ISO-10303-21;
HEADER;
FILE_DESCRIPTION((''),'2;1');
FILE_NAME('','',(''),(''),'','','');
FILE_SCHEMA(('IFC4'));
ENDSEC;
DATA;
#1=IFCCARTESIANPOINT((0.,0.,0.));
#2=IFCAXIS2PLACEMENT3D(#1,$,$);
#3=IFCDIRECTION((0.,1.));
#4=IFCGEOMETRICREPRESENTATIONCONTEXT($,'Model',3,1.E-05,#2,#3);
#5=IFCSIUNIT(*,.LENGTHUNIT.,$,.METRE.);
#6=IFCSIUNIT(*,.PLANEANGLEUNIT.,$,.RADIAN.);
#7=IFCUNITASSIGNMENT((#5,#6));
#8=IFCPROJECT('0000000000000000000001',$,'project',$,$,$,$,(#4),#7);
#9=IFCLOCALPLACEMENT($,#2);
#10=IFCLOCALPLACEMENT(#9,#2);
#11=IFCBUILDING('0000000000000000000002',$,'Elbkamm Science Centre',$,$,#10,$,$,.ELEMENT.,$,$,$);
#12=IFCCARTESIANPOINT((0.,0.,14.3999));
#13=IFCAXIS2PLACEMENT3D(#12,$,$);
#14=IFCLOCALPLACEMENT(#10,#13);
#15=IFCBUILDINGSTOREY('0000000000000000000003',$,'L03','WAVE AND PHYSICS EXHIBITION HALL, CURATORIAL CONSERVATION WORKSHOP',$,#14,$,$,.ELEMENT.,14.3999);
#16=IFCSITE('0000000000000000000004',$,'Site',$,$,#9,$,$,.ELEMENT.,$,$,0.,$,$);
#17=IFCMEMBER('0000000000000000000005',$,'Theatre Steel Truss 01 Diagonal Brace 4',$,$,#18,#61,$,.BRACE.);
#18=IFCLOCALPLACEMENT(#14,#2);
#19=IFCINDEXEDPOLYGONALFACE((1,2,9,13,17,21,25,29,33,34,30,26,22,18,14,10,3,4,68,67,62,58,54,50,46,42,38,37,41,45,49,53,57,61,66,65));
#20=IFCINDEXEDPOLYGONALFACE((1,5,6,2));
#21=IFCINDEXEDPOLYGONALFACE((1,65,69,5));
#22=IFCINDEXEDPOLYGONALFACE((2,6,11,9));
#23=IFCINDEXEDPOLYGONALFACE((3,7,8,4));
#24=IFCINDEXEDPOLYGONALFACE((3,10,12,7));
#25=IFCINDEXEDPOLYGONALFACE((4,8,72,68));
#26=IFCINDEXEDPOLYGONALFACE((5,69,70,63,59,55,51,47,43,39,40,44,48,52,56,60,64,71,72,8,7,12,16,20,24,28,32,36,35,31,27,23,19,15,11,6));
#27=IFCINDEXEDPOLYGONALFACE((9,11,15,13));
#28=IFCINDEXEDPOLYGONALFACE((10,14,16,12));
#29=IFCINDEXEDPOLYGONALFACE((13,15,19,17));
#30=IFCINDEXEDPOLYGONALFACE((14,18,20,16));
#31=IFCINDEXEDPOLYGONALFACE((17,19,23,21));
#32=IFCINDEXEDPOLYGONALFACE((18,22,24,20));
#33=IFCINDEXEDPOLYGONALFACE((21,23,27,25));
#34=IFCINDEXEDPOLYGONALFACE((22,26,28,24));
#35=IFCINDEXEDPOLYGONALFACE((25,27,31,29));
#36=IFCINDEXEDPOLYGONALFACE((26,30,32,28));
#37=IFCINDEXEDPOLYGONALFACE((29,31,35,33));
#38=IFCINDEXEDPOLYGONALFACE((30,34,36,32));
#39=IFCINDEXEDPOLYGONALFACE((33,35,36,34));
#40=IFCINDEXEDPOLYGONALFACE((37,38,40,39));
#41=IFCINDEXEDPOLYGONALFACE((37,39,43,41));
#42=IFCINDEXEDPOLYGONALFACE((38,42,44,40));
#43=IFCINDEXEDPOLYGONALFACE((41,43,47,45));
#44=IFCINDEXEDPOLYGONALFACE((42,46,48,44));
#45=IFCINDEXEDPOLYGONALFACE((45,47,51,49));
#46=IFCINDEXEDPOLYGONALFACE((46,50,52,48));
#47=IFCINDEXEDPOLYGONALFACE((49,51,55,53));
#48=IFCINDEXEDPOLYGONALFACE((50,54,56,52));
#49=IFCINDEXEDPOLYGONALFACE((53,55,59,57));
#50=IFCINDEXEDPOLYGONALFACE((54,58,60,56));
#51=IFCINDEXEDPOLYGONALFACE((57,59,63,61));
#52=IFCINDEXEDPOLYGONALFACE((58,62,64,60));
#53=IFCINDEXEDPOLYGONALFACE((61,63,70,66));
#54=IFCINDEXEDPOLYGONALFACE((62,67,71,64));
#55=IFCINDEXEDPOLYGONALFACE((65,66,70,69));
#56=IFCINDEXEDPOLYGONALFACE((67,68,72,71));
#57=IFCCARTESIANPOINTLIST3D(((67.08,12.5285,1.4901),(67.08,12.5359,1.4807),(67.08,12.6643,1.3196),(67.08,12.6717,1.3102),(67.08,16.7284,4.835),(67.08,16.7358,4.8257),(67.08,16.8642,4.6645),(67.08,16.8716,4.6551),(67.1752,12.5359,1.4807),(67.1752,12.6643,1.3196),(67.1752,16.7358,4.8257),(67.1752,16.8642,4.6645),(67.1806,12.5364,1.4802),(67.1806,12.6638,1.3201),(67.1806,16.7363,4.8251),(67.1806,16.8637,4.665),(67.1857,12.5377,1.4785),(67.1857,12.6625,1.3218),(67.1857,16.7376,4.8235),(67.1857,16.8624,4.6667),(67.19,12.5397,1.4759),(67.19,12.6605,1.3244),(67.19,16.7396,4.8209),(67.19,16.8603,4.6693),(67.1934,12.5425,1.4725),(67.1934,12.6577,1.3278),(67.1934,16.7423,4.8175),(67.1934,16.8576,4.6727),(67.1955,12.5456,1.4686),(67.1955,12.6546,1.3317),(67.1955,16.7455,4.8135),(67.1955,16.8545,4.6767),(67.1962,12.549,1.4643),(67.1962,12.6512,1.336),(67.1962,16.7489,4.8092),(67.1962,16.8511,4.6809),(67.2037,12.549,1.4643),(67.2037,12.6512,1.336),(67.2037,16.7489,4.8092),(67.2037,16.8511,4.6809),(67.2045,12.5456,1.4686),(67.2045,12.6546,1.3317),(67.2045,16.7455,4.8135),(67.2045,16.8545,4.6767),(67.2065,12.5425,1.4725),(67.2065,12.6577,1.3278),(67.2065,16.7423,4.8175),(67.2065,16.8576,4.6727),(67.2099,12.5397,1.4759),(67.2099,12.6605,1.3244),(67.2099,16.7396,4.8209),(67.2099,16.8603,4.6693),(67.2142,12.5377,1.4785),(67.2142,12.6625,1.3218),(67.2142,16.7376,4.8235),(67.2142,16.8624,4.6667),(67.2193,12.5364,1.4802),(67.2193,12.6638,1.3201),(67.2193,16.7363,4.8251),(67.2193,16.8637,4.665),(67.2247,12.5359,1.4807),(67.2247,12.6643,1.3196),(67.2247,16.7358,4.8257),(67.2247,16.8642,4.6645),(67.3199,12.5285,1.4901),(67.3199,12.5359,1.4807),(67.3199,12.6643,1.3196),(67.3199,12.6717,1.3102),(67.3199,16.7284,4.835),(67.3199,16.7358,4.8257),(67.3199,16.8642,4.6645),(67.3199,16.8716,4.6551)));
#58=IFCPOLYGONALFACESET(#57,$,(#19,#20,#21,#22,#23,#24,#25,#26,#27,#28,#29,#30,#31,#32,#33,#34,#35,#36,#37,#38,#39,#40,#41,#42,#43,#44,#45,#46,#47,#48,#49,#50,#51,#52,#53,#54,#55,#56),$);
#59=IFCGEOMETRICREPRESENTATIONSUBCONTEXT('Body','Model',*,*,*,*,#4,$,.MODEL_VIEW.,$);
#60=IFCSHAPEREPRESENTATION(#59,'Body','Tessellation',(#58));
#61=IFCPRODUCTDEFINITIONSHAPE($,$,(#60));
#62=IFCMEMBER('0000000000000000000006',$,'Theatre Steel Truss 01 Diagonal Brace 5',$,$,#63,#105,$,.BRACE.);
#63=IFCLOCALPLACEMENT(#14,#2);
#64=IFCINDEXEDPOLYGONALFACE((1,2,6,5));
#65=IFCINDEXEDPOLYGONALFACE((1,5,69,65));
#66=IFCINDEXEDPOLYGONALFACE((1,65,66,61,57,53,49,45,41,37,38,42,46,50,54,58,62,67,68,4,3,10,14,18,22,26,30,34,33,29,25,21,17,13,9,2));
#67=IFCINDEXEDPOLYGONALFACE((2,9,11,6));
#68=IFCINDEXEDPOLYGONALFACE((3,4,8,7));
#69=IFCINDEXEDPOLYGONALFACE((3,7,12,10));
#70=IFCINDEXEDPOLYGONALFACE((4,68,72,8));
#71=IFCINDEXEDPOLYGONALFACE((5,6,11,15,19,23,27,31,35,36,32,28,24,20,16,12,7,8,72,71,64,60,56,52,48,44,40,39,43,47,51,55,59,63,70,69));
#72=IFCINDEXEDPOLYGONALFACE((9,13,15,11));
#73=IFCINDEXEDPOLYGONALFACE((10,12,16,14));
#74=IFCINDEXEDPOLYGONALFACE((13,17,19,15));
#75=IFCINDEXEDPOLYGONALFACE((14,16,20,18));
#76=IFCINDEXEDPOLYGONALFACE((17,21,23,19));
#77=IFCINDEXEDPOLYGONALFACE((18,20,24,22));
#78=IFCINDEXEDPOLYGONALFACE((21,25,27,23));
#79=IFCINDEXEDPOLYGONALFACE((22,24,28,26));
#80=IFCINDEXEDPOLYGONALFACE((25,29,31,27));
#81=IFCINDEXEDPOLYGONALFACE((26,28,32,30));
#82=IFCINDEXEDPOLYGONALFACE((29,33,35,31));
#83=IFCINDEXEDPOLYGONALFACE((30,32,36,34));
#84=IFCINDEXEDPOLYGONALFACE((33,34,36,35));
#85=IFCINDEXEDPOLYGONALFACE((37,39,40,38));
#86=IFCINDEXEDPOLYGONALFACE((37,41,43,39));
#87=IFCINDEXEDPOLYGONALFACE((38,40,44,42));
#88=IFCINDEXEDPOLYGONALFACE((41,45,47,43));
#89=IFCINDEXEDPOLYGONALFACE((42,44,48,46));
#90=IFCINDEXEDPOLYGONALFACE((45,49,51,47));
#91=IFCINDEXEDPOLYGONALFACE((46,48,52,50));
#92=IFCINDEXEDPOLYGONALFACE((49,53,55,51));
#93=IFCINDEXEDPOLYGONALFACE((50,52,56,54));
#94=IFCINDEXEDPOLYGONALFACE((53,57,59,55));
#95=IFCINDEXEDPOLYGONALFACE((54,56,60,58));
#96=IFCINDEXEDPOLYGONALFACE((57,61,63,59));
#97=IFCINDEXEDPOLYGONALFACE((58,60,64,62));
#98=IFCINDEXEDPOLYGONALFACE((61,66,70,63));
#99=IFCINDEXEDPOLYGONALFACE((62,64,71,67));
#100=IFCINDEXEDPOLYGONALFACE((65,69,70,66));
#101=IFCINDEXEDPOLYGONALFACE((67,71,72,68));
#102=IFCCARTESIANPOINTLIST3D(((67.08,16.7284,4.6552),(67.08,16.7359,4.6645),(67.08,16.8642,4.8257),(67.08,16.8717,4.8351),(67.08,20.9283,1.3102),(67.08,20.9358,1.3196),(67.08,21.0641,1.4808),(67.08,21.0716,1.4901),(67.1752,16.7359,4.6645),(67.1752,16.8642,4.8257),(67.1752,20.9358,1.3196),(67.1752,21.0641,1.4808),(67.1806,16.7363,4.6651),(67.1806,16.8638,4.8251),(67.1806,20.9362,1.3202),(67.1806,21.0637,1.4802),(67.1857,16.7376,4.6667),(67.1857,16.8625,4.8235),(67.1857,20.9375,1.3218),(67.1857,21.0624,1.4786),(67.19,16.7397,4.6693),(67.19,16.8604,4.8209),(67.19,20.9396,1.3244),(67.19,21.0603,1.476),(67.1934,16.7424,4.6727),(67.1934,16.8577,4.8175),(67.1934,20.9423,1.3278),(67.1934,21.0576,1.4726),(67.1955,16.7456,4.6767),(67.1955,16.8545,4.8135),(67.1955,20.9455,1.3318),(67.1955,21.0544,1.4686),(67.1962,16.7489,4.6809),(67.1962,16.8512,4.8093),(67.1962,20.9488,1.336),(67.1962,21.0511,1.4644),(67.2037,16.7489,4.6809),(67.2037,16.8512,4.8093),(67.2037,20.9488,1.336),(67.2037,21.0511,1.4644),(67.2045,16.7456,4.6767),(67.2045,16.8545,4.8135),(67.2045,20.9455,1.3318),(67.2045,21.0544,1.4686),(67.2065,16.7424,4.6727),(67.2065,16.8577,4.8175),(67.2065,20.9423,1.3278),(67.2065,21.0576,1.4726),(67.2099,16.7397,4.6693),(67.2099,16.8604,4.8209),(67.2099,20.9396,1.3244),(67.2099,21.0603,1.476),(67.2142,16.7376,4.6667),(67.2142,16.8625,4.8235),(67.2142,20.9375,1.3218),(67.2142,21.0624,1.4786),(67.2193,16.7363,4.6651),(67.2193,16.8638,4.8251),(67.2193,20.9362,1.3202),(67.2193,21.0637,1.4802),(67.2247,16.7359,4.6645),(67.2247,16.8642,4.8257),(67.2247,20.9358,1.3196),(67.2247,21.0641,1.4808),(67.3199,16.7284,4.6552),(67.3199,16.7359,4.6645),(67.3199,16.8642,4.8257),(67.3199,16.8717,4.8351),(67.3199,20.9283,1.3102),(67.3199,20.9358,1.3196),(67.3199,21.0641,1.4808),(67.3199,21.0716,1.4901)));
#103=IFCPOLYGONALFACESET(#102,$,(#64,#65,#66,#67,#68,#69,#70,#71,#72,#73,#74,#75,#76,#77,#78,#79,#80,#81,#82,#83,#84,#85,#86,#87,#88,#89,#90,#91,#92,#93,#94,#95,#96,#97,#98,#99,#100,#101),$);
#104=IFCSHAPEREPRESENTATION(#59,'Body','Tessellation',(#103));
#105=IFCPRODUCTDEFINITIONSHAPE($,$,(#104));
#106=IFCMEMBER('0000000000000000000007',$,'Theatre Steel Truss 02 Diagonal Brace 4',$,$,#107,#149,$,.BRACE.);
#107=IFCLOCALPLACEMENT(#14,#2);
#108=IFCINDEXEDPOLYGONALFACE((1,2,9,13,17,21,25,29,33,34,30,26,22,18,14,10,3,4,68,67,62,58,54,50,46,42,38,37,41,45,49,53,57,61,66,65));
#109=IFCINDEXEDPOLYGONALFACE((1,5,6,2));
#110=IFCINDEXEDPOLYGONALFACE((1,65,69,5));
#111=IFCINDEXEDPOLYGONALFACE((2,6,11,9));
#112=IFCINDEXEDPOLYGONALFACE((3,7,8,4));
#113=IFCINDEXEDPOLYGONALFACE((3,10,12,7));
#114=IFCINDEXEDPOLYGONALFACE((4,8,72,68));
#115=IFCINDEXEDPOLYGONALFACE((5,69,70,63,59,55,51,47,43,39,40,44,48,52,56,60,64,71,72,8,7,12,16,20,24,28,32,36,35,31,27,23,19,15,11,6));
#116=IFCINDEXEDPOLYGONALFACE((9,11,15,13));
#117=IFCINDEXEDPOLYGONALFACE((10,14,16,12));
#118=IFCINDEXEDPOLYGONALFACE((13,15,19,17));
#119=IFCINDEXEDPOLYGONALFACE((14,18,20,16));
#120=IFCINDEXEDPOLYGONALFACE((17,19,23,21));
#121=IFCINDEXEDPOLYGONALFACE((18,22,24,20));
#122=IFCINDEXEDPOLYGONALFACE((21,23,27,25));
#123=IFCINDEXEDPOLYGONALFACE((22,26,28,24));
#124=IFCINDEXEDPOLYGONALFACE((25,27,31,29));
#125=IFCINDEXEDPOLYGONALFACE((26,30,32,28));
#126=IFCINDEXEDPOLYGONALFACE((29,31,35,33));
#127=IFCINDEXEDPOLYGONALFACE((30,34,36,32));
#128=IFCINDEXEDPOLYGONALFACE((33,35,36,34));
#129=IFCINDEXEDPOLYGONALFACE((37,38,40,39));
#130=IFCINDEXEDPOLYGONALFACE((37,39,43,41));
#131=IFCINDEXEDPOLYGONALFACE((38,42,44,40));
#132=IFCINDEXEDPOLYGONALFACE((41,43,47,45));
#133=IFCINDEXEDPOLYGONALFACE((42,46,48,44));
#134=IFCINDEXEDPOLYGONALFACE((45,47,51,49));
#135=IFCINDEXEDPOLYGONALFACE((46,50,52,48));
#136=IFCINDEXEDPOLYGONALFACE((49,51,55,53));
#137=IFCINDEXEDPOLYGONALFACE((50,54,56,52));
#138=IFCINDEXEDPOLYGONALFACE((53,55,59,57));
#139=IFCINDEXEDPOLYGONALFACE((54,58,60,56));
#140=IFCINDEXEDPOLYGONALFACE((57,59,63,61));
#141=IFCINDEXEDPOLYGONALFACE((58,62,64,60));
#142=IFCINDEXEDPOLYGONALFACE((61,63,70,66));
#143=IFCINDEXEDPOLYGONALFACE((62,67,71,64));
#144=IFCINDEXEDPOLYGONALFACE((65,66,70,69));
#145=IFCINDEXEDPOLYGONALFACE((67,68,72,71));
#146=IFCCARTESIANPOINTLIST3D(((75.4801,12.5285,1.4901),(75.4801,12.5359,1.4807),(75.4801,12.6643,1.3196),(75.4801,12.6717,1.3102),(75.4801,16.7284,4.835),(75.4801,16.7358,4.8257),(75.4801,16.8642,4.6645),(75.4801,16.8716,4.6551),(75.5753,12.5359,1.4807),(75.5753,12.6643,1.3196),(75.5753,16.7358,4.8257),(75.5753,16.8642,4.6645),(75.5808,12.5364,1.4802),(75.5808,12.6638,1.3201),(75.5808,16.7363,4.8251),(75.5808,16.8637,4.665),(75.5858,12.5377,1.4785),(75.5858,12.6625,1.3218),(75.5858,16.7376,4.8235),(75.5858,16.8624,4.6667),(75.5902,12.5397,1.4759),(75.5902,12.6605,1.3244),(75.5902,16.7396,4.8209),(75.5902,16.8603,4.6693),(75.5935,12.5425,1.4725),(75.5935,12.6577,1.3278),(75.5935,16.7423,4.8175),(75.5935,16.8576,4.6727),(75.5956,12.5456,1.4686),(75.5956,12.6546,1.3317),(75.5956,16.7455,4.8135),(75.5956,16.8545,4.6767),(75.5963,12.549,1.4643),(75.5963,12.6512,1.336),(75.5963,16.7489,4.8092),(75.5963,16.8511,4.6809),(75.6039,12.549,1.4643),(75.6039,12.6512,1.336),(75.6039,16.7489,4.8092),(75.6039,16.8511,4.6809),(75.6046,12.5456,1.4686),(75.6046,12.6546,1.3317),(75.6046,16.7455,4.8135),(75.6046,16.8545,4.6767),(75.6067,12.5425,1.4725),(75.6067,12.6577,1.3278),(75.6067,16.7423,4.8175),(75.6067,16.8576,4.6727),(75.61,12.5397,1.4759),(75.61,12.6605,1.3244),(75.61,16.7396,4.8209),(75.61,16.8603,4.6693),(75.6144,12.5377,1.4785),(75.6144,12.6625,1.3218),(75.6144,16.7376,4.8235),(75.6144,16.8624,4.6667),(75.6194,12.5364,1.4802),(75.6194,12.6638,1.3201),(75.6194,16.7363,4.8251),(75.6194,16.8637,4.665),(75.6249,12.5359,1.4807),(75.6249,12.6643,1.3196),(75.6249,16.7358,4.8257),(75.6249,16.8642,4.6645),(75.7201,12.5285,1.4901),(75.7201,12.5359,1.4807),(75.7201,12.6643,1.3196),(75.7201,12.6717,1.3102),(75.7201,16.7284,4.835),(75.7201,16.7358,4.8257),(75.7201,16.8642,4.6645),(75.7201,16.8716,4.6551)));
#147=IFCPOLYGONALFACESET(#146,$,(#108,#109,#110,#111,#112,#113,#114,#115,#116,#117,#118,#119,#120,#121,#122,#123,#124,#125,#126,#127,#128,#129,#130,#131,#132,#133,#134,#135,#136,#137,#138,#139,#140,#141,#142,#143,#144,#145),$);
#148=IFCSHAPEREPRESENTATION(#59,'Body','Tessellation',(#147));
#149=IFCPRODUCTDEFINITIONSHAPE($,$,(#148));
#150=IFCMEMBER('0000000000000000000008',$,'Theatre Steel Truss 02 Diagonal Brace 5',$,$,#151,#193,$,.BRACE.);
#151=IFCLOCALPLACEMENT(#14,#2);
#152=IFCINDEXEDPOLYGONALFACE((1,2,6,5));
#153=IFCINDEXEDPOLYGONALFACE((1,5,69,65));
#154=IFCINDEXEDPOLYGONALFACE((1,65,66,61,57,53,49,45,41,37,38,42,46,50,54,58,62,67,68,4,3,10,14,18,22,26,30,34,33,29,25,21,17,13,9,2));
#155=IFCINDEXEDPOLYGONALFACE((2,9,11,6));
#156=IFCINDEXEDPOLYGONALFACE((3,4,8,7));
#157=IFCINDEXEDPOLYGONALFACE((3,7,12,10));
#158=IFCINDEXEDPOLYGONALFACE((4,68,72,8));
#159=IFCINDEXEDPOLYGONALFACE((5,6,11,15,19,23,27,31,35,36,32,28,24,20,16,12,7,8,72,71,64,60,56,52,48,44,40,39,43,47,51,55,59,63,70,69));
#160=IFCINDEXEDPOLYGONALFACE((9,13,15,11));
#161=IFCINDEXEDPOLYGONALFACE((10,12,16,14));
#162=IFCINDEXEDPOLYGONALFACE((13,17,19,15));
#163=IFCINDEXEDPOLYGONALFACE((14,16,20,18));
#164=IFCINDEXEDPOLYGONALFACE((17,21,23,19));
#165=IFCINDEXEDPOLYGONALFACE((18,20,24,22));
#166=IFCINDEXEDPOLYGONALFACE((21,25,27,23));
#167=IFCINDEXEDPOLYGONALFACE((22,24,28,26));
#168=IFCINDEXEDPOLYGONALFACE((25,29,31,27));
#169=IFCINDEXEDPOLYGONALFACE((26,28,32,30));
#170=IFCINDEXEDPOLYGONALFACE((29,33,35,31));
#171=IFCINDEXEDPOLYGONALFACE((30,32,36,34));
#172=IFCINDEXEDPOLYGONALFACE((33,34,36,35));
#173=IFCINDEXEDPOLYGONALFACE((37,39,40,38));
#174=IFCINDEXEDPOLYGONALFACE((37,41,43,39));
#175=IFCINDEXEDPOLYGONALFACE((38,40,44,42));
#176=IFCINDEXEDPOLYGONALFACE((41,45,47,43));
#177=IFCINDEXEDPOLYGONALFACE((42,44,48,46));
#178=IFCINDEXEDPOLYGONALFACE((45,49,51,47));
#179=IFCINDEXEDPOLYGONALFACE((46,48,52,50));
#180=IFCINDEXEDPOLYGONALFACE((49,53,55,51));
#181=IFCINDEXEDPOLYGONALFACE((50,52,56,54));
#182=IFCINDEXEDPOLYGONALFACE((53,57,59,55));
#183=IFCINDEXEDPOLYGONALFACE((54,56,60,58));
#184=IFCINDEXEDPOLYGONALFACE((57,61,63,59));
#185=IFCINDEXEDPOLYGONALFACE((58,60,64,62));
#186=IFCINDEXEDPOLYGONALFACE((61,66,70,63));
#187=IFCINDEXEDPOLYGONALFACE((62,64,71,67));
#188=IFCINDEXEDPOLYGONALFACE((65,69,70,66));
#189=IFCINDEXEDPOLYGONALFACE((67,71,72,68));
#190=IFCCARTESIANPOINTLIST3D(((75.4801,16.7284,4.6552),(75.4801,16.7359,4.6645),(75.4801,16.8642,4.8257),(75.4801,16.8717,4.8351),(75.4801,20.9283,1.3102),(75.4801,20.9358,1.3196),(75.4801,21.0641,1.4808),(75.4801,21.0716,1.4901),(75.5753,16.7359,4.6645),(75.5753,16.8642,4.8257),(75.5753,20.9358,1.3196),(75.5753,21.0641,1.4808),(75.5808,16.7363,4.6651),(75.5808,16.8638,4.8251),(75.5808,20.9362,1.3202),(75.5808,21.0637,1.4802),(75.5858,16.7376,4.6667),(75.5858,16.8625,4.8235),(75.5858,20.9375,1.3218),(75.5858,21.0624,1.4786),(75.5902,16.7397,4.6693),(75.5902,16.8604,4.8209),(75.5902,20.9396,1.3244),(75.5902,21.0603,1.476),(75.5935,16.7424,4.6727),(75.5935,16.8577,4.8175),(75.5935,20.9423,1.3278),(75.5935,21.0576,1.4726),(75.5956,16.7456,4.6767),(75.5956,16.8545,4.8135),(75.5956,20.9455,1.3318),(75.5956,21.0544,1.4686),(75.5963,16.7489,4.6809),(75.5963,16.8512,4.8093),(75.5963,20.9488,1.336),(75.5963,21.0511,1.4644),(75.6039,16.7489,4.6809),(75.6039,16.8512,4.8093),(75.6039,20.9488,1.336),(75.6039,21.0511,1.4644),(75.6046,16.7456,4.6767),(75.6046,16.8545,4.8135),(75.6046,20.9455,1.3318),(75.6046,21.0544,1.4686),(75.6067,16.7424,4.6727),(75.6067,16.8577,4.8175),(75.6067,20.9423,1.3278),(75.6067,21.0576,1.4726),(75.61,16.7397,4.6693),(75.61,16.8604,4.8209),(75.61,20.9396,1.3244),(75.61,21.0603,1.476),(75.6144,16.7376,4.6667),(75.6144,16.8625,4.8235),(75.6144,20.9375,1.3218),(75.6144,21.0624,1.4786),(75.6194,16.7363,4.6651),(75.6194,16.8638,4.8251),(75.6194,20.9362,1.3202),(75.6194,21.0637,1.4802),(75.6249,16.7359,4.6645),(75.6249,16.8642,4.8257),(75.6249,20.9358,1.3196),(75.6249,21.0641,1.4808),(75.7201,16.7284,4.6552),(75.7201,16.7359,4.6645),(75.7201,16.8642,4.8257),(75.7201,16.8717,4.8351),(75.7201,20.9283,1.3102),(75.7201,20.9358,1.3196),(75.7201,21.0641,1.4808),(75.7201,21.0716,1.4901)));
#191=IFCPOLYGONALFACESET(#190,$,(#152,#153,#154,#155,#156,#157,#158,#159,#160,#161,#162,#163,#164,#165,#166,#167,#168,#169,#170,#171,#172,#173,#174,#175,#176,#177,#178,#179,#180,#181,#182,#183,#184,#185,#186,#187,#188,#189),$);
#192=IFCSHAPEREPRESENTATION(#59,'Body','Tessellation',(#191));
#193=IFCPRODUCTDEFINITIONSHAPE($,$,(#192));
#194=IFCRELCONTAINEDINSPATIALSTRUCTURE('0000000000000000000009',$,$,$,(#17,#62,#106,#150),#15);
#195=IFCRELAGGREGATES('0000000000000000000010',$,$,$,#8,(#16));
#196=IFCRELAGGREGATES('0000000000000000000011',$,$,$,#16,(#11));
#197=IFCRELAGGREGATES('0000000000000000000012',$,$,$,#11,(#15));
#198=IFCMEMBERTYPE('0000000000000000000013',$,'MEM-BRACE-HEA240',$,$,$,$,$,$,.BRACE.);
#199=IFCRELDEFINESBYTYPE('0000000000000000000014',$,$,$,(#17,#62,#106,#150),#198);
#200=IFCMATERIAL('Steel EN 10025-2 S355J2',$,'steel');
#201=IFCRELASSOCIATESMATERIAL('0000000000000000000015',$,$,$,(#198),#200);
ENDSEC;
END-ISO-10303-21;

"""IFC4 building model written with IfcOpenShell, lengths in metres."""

from ifc_helpers import new_model, si_unit, direction, frame, origin, origin_2d, place, context, subcontext, project, spatial, i_section, extrude, material, material_profile, profile_set, type_object, element, save


model = new_model("IFC4")

# Units and contexts
model_context = context("Model", 3, precision=1e-05, world=origin(), true_north=direction((0.0, 1.0)))
body_context = subcontext(model_context, "Body", "Model", "MODEL_VIEW")
ifc_project = project(units=[si_unit("LENGTHUNIT", "METRE"), si_unit("PLANEANGLEUNIT", "RADIAN")], contexts=[model_context])

# Site, building, storey
site_placement = place(None, origin())
site = spatial("IfcSite", under=ifc_project, at=site_placement, Name="Site", CompositionType="ELEMENT", RefElevation=0.0)
building_placement = place(site_placement, origin())
building = spatial("IfcBuilding", under=site, at=building_placement, Name="Elbkamm Science Centre", CompositionType="ELEMENT")
storey_placement = place(building_placement, frame((0.0, 0.0, 14.3999)))
storey = spatial("IfcBuildingStorey", under=building, at=storey_placement, Name="L03", Description="WAVE AND PHYSICS EXHIBITION HALL, CURATORIAL CONSERVATION WORKSHOP", CompositionType="ELEMENT", Elevation=14.3999)

# Shared definitions
ifc_material = material(Name="Steel EN 10025-2 S355J2", Category="steel")

# Members
ifc_material_profile_1 = material_profile(ifc_material, i_section(OverallWidth=0.24, OverallDepth=0.23, WebThickness=0.0076, FlangeThickness=0.012, FilletRadius=0.021, at=origin_2d()), Name="HEA 240")
ifc_profile_set_1 = profile_set([ifc_material_profile_1], Name="Steel EN 10025-2 S355J2")
member_type_1 = type_object("IfcMemberType", Name="MEM-BRACE-HEA240", PredefinedType="BRACE", material=ifc_profile_set_1)
for number, where, z_axis, x_axis, name in (
    (1, (67.2, 12.6001, 1.4001), (0.0, 0.782229, 0.622991), (-1.0, 0.0, 0.0), "Theatre Steel Truss 01 Diagonal Brace 4"),
    (2, (67.2, 16.8, 4.7451), (0.0, 0.782229, -0.622991), (-1.0, 0.0, 0.0), "Theatre Steel Truss 01 Diagonal Brace 5"),
    (3, (75.6001, 12.6001, 1.4001), (0.0, 0.782229, 0.622991), (-1.0, 0.0, 0.0), "Theatre Steel Truss 02 Diagonal Brace 4"),
    (4, (75.6001, 16.8, 4.7451), (0.0, 0.782229, -0.622991), (-1.0, 0.0, 0.0), "Theatre Steel Truss 02 Diagonal Brace 5"),
):
    element("IfcMember", number, at=place(storey_placement, frame(where, z_axis=z_axis, x_axis=x_axis)), inside=storey, type_object=member_type_1, Name=name, PredefinedType="BRACE", context=body_context, shape_type="SweptSolid", body=[
        extrude(i_section(OverallWidth=0.24, OverallDepth=0.23, WebThickness=0.0076, FlangeThickness=0.012, FilletRadius=0.021, at=origin_2d()), origin(), (0.0, 0.0, 1.0), 5.3691),
    ])

save(model, "model.ifc")
